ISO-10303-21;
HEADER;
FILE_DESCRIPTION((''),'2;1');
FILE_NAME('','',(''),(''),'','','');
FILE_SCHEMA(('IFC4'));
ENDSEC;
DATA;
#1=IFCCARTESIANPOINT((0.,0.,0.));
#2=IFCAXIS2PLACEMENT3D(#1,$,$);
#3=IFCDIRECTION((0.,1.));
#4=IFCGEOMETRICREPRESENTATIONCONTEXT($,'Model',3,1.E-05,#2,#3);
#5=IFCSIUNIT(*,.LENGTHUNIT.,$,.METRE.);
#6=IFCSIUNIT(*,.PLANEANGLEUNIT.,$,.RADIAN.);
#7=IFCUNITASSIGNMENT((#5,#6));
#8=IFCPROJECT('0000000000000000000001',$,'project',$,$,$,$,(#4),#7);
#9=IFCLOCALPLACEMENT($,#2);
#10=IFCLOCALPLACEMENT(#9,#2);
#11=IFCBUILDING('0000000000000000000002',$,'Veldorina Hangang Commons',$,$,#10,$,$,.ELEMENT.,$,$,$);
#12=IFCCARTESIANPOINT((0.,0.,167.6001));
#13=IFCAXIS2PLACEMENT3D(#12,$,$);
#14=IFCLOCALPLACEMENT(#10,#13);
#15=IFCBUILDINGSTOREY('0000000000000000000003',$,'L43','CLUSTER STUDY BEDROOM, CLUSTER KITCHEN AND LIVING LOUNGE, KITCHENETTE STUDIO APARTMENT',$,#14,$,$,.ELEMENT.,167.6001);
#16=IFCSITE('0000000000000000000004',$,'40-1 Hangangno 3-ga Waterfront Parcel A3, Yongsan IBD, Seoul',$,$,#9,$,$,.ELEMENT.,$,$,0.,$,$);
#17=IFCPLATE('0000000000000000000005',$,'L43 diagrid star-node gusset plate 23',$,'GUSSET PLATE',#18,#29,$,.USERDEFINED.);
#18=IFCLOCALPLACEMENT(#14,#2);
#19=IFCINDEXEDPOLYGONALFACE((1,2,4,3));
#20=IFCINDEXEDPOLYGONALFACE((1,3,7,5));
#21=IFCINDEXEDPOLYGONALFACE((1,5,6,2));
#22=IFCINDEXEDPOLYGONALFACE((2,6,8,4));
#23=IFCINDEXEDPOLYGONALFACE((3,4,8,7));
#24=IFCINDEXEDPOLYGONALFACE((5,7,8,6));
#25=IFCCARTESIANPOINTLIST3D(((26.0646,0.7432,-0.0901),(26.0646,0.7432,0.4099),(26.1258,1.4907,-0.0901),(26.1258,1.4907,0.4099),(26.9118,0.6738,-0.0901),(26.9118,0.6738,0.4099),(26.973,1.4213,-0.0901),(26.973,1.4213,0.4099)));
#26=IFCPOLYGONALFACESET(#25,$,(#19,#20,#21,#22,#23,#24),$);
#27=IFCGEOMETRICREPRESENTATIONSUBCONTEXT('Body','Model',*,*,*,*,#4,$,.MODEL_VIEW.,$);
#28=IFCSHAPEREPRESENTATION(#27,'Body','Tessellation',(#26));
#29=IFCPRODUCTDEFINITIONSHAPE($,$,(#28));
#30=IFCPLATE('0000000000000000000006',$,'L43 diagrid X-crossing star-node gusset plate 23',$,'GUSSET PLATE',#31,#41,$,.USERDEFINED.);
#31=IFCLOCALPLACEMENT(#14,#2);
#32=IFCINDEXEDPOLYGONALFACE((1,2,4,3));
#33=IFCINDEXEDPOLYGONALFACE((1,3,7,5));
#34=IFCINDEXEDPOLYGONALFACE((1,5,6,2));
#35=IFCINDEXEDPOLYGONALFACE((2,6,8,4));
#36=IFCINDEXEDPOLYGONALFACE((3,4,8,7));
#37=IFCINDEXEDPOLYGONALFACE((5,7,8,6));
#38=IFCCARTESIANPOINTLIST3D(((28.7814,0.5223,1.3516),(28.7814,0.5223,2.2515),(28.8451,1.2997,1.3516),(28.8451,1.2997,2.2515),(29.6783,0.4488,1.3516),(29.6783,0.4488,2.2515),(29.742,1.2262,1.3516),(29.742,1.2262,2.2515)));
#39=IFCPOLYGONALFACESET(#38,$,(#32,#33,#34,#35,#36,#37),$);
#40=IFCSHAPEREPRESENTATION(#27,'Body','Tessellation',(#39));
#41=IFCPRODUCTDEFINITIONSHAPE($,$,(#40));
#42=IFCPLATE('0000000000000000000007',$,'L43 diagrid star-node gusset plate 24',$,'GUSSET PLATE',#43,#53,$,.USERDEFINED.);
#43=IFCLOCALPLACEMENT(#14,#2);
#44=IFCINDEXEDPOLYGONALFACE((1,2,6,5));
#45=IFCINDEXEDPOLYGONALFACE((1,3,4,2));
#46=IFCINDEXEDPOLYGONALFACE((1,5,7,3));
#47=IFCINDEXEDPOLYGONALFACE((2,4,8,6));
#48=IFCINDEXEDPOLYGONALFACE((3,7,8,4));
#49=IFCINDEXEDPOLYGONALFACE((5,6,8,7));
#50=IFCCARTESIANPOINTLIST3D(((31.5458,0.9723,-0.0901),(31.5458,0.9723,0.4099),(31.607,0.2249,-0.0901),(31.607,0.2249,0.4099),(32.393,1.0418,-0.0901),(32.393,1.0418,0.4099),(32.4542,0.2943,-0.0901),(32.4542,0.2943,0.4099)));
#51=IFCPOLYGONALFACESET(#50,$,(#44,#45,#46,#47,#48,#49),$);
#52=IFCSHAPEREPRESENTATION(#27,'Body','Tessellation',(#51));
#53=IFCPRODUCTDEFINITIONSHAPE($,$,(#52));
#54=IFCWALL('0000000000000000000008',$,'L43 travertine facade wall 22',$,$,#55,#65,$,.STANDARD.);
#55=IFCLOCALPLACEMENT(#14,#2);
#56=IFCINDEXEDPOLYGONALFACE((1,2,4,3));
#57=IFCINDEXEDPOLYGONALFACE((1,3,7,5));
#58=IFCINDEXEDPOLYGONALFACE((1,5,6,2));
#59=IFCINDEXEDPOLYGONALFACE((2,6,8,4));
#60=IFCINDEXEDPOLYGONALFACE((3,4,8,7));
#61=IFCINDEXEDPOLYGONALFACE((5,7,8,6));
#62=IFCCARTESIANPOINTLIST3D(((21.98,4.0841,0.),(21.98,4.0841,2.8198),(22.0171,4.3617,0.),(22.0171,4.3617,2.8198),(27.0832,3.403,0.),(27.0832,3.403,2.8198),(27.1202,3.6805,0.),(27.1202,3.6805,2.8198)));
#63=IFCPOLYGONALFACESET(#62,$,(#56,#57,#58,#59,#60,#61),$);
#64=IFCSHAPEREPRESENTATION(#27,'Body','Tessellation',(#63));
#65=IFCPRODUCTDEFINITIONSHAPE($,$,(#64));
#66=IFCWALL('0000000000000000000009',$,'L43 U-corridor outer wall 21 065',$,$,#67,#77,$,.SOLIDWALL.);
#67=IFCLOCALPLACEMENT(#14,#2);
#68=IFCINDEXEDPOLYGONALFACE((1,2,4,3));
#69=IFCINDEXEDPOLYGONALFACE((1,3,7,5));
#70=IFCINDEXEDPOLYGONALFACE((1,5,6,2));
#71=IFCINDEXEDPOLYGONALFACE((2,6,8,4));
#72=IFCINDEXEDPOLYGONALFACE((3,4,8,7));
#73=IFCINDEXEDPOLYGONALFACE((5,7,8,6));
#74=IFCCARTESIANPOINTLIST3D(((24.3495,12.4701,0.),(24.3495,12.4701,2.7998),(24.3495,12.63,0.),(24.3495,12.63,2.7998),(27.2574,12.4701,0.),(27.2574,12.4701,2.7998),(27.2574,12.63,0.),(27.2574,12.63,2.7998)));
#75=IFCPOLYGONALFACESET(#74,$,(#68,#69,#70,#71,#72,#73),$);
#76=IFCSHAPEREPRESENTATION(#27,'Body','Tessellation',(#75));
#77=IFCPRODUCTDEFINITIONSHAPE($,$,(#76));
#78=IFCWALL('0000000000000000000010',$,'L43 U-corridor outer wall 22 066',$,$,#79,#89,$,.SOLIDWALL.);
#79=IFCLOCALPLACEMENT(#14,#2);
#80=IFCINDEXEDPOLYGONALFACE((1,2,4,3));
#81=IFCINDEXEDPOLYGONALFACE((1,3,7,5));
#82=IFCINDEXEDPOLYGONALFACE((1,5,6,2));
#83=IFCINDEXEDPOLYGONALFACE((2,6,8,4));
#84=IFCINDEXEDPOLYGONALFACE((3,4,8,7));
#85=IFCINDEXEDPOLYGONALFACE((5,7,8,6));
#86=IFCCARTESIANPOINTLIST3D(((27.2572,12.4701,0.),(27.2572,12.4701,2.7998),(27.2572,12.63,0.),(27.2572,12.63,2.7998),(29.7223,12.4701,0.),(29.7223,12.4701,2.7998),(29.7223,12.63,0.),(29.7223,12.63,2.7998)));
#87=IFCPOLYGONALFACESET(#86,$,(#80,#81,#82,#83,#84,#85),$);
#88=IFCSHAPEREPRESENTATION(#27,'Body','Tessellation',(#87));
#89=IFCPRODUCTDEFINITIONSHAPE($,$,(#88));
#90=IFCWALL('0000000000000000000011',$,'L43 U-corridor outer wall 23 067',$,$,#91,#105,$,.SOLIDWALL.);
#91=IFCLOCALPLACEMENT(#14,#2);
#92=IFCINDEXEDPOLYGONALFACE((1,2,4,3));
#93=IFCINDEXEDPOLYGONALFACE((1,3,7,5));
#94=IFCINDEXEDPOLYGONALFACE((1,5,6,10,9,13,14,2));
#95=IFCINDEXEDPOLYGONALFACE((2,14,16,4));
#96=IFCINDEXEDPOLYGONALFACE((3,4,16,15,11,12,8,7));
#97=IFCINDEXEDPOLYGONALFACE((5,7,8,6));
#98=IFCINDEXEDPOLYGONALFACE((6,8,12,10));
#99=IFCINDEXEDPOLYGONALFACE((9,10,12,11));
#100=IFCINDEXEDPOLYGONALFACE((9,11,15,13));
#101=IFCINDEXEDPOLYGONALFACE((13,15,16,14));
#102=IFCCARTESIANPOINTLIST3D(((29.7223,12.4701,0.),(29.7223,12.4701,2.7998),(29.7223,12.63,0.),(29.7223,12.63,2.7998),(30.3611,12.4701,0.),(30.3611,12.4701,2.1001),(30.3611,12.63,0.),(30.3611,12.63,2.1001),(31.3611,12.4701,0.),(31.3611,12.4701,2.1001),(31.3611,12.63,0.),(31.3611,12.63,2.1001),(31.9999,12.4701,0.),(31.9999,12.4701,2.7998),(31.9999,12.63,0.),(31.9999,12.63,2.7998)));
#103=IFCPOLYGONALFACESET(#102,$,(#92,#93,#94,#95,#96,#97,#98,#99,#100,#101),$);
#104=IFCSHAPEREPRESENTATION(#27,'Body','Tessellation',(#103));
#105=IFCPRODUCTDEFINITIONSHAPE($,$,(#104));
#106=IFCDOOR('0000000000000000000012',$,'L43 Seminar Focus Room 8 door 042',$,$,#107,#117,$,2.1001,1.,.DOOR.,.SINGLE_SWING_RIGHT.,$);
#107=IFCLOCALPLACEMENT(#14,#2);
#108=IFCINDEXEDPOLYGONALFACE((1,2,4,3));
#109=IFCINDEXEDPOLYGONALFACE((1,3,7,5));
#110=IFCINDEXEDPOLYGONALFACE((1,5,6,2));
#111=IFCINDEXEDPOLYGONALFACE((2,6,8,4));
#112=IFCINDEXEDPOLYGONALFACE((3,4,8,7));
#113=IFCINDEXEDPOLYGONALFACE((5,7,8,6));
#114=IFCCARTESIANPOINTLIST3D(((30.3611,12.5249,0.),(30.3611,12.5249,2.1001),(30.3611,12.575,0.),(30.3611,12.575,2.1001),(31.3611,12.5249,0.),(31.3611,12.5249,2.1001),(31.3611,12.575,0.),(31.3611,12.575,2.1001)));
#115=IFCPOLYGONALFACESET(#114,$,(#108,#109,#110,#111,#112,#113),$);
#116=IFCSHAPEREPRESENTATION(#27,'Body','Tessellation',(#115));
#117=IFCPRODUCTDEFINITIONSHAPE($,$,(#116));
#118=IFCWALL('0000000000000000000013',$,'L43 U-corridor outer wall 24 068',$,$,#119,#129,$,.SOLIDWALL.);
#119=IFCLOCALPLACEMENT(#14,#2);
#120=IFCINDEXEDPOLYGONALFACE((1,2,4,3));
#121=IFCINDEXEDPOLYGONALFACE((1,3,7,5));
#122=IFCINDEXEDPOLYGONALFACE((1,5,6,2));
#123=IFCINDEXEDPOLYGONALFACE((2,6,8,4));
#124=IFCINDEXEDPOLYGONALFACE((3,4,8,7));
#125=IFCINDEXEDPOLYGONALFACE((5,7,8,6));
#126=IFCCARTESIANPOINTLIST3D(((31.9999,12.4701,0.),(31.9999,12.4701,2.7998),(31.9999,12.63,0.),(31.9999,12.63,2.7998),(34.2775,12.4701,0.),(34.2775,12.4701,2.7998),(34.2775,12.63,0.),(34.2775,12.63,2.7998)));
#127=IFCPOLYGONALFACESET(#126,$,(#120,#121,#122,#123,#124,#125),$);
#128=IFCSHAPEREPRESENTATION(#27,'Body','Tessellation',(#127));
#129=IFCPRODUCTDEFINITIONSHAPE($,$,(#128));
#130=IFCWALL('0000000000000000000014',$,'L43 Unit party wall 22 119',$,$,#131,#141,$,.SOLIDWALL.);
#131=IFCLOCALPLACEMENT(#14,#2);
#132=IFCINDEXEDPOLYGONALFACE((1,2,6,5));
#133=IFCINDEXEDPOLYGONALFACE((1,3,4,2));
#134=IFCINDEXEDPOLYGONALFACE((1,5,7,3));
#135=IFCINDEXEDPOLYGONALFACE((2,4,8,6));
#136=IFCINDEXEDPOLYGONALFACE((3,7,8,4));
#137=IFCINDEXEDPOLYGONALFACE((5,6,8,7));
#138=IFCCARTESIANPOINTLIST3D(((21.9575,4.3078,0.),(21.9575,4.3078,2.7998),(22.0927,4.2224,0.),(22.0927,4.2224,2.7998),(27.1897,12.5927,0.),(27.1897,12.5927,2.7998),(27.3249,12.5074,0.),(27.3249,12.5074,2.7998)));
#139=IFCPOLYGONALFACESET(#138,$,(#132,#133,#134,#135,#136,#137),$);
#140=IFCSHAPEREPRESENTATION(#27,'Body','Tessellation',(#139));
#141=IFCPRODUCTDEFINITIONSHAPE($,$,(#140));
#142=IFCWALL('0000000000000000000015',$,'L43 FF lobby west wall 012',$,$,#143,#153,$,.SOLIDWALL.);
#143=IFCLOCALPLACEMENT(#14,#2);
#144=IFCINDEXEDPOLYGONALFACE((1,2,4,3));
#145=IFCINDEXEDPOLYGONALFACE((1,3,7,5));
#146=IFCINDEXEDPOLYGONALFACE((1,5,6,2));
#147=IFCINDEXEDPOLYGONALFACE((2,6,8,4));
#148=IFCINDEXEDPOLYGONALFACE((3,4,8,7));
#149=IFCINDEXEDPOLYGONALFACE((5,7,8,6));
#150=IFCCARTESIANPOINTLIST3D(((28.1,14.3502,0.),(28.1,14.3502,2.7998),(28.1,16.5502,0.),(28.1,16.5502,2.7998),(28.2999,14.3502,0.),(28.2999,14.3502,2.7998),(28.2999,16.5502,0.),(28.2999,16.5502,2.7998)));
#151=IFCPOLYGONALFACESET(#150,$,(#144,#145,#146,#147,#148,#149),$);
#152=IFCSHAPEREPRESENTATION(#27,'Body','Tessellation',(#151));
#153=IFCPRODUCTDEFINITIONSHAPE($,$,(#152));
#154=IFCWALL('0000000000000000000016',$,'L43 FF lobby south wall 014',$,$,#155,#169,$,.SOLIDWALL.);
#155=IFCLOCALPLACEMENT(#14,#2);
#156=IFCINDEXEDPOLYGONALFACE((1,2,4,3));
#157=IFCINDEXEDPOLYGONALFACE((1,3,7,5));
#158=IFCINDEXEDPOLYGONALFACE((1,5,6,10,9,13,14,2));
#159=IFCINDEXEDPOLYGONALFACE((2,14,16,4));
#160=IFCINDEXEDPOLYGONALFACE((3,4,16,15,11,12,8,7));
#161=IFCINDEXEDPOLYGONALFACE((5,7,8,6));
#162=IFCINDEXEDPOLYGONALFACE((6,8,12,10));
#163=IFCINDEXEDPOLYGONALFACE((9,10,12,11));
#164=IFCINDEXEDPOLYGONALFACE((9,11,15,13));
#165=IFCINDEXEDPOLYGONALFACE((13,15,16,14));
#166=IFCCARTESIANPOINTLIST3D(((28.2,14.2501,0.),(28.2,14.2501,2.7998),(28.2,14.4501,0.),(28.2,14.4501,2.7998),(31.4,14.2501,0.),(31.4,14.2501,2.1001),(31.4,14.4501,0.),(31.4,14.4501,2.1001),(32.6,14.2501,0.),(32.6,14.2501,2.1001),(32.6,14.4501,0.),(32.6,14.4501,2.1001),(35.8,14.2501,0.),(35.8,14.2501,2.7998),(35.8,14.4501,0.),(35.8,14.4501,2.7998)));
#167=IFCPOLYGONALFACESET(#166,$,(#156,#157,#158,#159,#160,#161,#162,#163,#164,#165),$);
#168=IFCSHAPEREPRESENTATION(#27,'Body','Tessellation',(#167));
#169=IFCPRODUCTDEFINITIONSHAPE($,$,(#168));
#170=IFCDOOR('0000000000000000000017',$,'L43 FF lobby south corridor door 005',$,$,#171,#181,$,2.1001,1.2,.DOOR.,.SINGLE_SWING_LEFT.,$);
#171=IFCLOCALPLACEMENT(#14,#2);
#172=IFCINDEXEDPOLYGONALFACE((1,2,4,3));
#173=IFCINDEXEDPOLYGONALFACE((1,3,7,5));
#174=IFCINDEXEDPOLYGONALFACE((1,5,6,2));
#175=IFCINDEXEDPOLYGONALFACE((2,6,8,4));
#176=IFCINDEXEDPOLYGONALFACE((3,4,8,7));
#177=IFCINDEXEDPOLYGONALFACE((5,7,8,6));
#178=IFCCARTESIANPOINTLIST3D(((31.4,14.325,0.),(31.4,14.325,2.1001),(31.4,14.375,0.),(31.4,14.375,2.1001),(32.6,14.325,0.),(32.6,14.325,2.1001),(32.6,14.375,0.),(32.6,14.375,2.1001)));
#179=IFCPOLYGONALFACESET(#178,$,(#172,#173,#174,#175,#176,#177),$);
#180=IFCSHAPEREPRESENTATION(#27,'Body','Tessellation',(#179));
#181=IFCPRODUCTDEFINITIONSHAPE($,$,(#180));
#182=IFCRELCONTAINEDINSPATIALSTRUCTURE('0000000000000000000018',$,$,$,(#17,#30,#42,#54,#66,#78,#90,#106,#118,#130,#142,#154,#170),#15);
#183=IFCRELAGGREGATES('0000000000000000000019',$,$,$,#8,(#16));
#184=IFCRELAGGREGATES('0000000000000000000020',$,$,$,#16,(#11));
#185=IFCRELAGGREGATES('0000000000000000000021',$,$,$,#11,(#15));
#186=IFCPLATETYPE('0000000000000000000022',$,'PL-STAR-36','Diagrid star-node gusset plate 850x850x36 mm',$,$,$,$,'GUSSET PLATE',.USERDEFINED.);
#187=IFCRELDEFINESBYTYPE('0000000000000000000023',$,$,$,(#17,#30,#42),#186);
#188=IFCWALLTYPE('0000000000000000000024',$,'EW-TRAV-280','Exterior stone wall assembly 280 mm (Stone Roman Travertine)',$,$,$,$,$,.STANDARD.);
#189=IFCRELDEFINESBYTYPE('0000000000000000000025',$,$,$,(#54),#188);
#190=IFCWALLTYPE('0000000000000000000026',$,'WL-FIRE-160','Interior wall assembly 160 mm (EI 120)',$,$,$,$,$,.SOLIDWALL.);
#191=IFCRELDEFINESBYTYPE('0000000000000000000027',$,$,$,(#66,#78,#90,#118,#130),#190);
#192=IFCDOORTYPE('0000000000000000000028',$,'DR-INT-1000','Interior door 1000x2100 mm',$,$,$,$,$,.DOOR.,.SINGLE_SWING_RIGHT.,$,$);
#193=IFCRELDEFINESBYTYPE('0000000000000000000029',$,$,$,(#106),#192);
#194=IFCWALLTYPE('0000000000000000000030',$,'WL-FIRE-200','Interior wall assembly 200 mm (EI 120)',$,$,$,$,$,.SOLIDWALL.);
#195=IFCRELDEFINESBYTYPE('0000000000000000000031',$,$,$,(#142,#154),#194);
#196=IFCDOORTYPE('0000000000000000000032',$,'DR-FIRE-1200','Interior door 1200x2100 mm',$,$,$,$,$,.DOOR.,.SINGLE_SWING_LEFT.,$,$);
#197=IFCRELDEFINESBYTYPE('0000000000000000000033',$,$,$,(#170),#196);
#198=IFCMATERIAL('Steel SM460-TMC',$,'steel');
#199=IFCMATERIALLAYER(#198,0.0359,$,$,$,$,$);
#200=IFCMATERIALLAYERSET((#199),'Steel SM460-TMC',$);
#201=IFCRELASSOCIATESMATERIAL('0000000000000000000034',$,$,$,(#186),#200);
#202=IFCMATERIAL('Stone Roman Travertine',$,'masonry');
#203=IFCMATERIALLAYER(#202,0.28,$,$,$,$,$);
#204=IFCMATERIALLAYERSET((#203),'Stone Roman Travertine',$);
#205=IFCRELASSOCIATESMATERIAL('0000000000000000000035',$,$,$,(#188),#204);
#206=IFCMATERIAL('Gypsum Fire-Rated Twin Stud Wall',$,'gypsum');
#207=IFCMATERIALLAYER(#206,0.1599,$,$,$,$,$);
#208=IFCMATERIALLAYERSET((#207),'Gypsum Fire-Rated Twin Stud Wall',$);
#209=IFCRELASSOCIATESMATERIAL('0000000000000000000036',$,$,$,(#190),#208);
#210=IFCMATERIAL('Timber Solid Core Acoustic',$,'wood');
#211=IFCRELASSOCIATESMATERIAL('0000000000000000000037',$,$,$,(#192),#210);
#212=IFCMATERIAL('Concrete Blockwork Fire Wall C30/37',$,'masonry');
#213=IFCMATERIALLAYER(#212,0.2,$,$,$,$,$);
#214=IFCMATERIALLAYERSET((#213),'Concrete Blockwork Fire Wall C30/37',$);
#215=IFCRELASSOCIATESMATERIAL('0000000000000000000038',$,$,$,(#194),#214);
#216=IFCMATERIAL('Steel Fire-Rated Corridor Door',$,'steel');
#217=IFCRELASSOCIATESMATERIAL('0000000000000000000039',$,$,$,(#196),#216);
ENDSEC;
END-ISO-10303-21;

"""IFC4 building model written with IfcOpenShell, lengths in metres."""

from ifc_helpers import new_model, si_unit, direction, frame, frame_2d, origin, origin_2d, place, context, subcontext, project, spatial, rectangle, extrude, material, layer, layer_set, type_object, element, fill, save


model = new_model("IFC4")

# Units and contexts
model_context = context("Model", 3, precision=1e-05, world=origin(), true_north=direction((0.0, 1.0)))
body_context = subcontext(model_context, "Body", "Model", "MODEL_VIEW")
ifc_project = project(units=[si_unit("LENGTHUNIT", "METRE"), si_unit("PLANEANGLEUNIT", "RADIAN")], contexts=[model_context])

# Site, building, storey
site_placement = place(None, origin())
site = spatial("IfcSite", under=ifc_project, at=site_placement, Name="40-1 Hangangno 3-ga Waterfront Parcel A3, Yongsan IBD, Seoul", CompositionType="ELEMENT", RefElevation=0.0)
building_placement = place(site_placement, origin())
building = spatial("IfcBuilding", under=site, at=building_placement, Name="Veldorina Hangang Commons", CompositionType="ELEMENT")
storey_placement = place(building_placement, frame((0.0, 0.0, 167.6001)))
storey = spatial("IfcBuildingStorey", under=building, at=storey_placement, Name="L43", Description="CLUSTER STUDY BEDROOM, CLUSTER KITCHEN AND LIVING LOUNGE, KITCHENETTE STUDIO APARTMENT", CompositionType="ELEMENT", Elevation=167.6001)

# Plates
ifc_material_1 = material(Name="Steel SM460-TMC", Category="steel")
ifc_layer_1 = layer(ifc_material_1, 0.0359)
ifc_layer_set_1 = layer_set([ifc_layer_1], Name="Steel SM460-TMC")
plate_type_1 = type_object("IfcPlateType", Name="PL-STAR-36", Description="Diagrid star-node gusset plate 850x850x36 mm", ElementType="GUSSET PLATE", PredefinedType="USERDEFINED", material=ifc_layer_set_1)
plate_1_placement = place(storey_placement, frame((26.5188, 1.0823, -0.0901), z_axis=(0.0, 0.0, 1.0), x_axis=(0.996662, -0.081643, 0.0)))
element("IfcPlate", 1, at=plate_1_placement, inside=storey, type_object=plate_type_1, Name="L43 diagrid star-node gusset plate 23", ObjectType="GUSSET PLATE", PredefinedType="USERDEFINED", context=body_context, shape_type="SweptSolid", body=[
    extrude(rectangle(XDim=0.8501, YDim=0.75, at=origin_2d()), origin(), (0.0, 0.0, 1.0), 0.5),
])
plate_2_placement = place(storey_placement, frame((29.2617, 0.8743, 1.3516), z_axis=(0.0, 0.0, 1.0), x_axis=(0.996662, -0.081643, 0.0)))
element("IfcPlate", 2, at=plate_2_placement, inside=storey, type_object=plate_type_1, Name="L43 diagrid X-crossing star-node gusset plate 23", ObjectType="GUSSET PLATE", PredefinedType="USERDEFINED", context=body_context, shape_type="SweptSolid", body=[
    extrude(rectangle(XDim=0.8999, YDim=0.78, at=origin_2d()), origin(), (0.0, 0.0, 1.0), 0.8999),
])
plate_3_placement = place(storey_placement, frame((32.0, 0.6333, -0.0901), z_axis=(0.0, 0.0, 1.0), x_axis=(0.996662, 0.081643, 0.0)))
element("IfcPlate", 3, at=plate_3_placement, inside=storey, type_object=plate_type_1, Name="L43 diagrid star-node gusset plate 24", ObjectType="GUSSET PLATE", PredefinedType="USERDEFINED", context=body_context, shape_type="SweptSolid", body=[
    extrude(rectangle(XDim=0.8501, YDim=0.75, at=origin_2d()), origin(), (0.0, 0.0, 1.0), 0.5),
])

# Walls
ifc_material_2 = material(Name="Stone Roman Travertine", Category="masonry")
ifc_layer_2 = layer(ifc_material_2, 0.28)
ifc_layer_set_2 = layer_set([ifc_layer_2], Name="Stone Roman Travertine")
wall_type_1 = type_object("IfcWallType", Name="EW-TRAV-280", Description="Exterior stone wall assembly 280 mm (Stone Roman Travertine)", PredefinedType="STANDARD", material=ifc_layer_set_2)
wall_1_placement = place(storey_placement, frame((21.9985, 4.2229, 0.0), z_axis=(0.0, 0.0, 1.0), x_axis=(0.99121, -0.1323, 0.0)))
element("IfcWall", 4, at=wall_1_placement, inside=storey, type_object=wall_type_1, Name="L43 travertine facade wall 22", PredefinedType="STANDARD", context=body_context, shape_type="SweptSolid", body=[
    extrude(rectangle(XDim=5.1484, YDim=0.28, at=frame_2d((2.5742, 0.0))), origin(), (0.0, 0.0, 1.0), 2.8198),
])
ifc_material_3 = material(Name="Gypsum Fire-Rated Twin Stud Wall", Category="gypsum")
ifc_layer_3 = layer(ifc_material_3, 0.1599)
ifc_layer_set_3 = layer_set([ifc_layer_3], Name="Gypsum Fire-Rated Twin Stud Wall")
wall_type_2 = type_object("IfcWallType", Name="WL-FIRE-160", Description="Interior wall assembly 160 mm (EI 120)", PredefinedType="SOLIDWALL", material=ifc_layer_set_3)
wall_2_placement = place(storey_placement, frame((24.3494, 12.55, 0.0), z_axis=(0.0, 0.0, 1.0), x_axis=(1.0, 0.0, 0.0)))
element("IfcWall", 5, at=wall_2_placement, inside=storey, type_object=wall_type_2, Name="L43 U-corridor outer wall 21 065", PredefinedType="SOLIDWALL", context=body_context, shape_type="SweptSolid", body=[
    extrude(rectangle(XDim=2.908, YDim=0.1599, at=frame_2d((1.4541, 0.0))), origin(), (0.0, 0.0, 1.0), 2.7998),
])
wall_3_placement = place(storey_placement, frame((27.2573, 12.55, 0.0), z_axis=(0.0, 0.0, 1.0), x_axis=(1.0, 0.0, 0.0)))
element("IfcWall", 6, at=wall_3_placement, inside=storey, type_object=wall_type_2, Name="L43 U-corridor outer wall 22 066", PredefinedType="SOLIDWALL", context=body_context, shape_type="SweptSolid", body=[
    extrude(rectangle(XDim=2.4651, YDim=0.1599, at=frame_2d((1.2324, 0.0))), origin(), (0.0, 0.0, 1.0), 2.7998),
])

# Wall, opening, door
wall_4_placement = place(storey_placement, frame((29.7224, 12.55, 0.0), z_axis=(0.0, 0.0, 1.0), x_axis=(1.0, 0.0, 0.0)))
wall_4 = element("IfcWall", 7, at=wall_4_placement, inside=storey, type_object=wall_type_2, Name="L43 U-corridor outer wall 23 067", PredefinedType="SOLIDWALL", context=body_context, shape_type="SweptSolid", body=[
    extrude(rectangle(XDim=2.2776, YDim=0.1599, at=frame_2d((1.1387, 0.0))), origin(), (0.0, 0.0, 1.0), 2.7998),
])
opening_1_placement = place(wall_4_placement, frame((0.6387, 0.0, 0.0)))
opening_1 = element("IfcOpeningElement", 8, at=opening_1_placement, cuts=wall_4, PredefinedType="OPENING", context=body_context, shape_type="SweptSolid", body=[
    extrude(rectangle(XDim=1.0, YDim=2.1001, at=frame_2d((0.5, 1.05))), frame((0.0, 0.0898, 0.0), z_axis=(0.0, -1.0, 0.0), x_axis=(1.0, 0.0, 0.0)), (0.0, 0.0, 1.0), 0.1799),
])
ifc_material_4 = material(Name="Timber Solid Core Acoustic", Category="wood")
door_type_1 = type_object("IfcDoorType", Name="DR-INT-1000", Description="Interior door 1000x2100 mm", OperationType="SINGLE_SWING_RIGHT", PredefinedType="DOOR", material=ifc_material_4)
door_1_placement = place(opening_1_placement, origin())
door_1 = element("IfcDoor", 9, at=door_1_placement, inside=storey, type_object=door_type_1, Name="L43 Seminar Focus Room 8 door 042", OperationType="SINGLE_SWING_RIGHT", OverallHeight=2.1001, OverallWidth=1.0, PredefinedType="DOOR", context=body_context, shape_type="SweptSolid", body=[
    extrude(rectangle(XDim=1.0, YDim=2.1001, at=frame_2d((0.5, 1.05))), frame((0.0, 0.0249, 0.0), z_axis=(0.0, -1.0, 0.0), x_axis=(1.0, 0.0, 0.0)), (0.0, 0.0, 1.0), 0.05),
])
fill(opening_1, door_1)

# Walls
wall_5_placement = place(storey_placement, frame((32.0, 12.55, 0.0), z_axis=(0.0, 0.0, 1.0), x_axis=(1.0, 0.0, 0.0)))
element("IfcWall", 10, at=wall_5_placement, inside=storey, type_object=wall_type_2, Name="L43 U-corridor outer wall 24 068", PredefinedType="SOLIDWALL", context=body_context, shape_type="SweptSolid", body=[
    extrude(rectangle(XDim=2.2776, YDim=0.1599, at=frame_2d((1.1387, 0.0))), origin(), (0.0, 0.0, 1.0), 2.7998),
])
wall_6_placement = place(storey_placement, frame((27.2573, 12.55, 0.0), z_axis=(0.0, 0.0, 1.0), x_axis=(-0.533964, -0.845507, 0.0)))
element("IfcWall", 11, at=wall_6_placement, inside=storey, type_object=wall_type_2, Name="L43 Unit party wall 22 119", PredefinedType="SOLIDWALL", context=body_context, shape_type="SweptSolid", body=[
    extrude(rectangle(XDim=9.7988, YDim=0.1599, at=frame_2d((4.8994, 0.0))), origin(), (0.0, 0.0, 1.0), 2.7998),
])
ifc_material_5 = material(Name="Concrete Blockwork Fire Wall C30/37", Category="masonry")
ifc_layer_4 = layer(ifc_material_5, 0.2)
ifc_layer_set_4 = layer_set([ifc_layer_4], Name="Concrete Blockwork Fire Wall C30/37")
wall_type_3 = type_object("IfcWallType", Name="WL-FIRE-200", Description="Interior wall assembly 200 mm (EI 120)", PredefinedType="SOLIDWALL", material=ifc_layer_set_4)
wall_7_placement = place(storey_placement, frame((28.2, 14.3501, 0.0), z_axis=(0.0, 0.0, 1.0), x_axis=(0.0, 1.0, 0.0)))
element("IfcWall", 12, at=wall_7_placement, inside=storey, type_object=wall_type_3, Name="L43 FF lobby west wall 012", PredefinedType="SOLIDWALL", context=body_context, shape_type="SweptSolid", body=[
    extrude(rectangle(XDim=2.2, YDim=0.2, at=frame_2d((1.1001, 0.0))), origin(), (0.0, 0.0, 1.0), 2.7998),
])

# Wall, opening, door
wall_8_placement = place(storey_placement, frame((28.2, 14.3501, 0.0), z_axis=(0.0, 0.0, 1.0), x_axis=(1.0, 0.0, 0.0)))
wall_8 = element("IfcWall", 13, at=wall_8_placement, inside=storey, type_object=wall_type_3, Name="L43 FF lobby south wall 014", PredefinedType="SOLIDWALL", context=body_context, shape_type="SweptSolid", body=[
    extrude(rectangle(XDim=7.6001, YDim=0.2, at=frame_2d((3.8, 0.0))), origin(), (0.0, 0.0, 1.0), 2.7998),
])
opening_2_placement = place(wall_8_placement, frame((3.2, 0.0, 0.0)))
opening_2 = element("IfcOpeningElement", 14, at=opening_2_placement, cuts=wall_8, PredefinedType="OPENING", context=body_context, shape_type="SweptSolid", body=[
    extrude(rectangle(XDim=1.2, YDim=2.1001, at=frame_2d((0.6001, 1.05))), frame((0.0, 0.1099, 0.0), z_axis=(0.0, -1.0, 0.0), x_axis=(1.0, 0.0, 0.0)), (0.0, 0.0, 1.0), 0.22),
])
ifc_material_6 = material(Name="Steel Fire-Rated Corridor Door", Category="steel")
door_type_2 = type_object("IfcDoorType", Name="DR-FIRE-1200", Description="Interior door 1200x2100 mm", OperationType="SINGLE_SWING_LEFT", PredefinedType="DOOR", material=ifc_material_6)
door_2_placement = place(opening_2_placement, origin())
door_2 = element("IfcDoor", 15, at=door_2_placement, inside=storey, type_object=door_type_2, Name="L43 FF lobby south corridor door 005", OperationType="SINGLE_SWING_LEFT", OverallHeight=2.1001, OverallWidth=1.2, PredefinedType="DOOR", context=body_context, shape_type="SweptSolid", body=[
    extrude(rectangle(XDim=1.2, YDim=2.1001, at=frame_2d((0.6001, 1.05))), frame((0.0, 0.0249, 0.0), z_axis=(0.0, -1.0, 0.0), x_axis=(1.0, 0.0, 0.0)), (0.0, 0.0, 1.0), 0.05),
])
fill(opening_2, door_2)

save(model, "model.ifc")
